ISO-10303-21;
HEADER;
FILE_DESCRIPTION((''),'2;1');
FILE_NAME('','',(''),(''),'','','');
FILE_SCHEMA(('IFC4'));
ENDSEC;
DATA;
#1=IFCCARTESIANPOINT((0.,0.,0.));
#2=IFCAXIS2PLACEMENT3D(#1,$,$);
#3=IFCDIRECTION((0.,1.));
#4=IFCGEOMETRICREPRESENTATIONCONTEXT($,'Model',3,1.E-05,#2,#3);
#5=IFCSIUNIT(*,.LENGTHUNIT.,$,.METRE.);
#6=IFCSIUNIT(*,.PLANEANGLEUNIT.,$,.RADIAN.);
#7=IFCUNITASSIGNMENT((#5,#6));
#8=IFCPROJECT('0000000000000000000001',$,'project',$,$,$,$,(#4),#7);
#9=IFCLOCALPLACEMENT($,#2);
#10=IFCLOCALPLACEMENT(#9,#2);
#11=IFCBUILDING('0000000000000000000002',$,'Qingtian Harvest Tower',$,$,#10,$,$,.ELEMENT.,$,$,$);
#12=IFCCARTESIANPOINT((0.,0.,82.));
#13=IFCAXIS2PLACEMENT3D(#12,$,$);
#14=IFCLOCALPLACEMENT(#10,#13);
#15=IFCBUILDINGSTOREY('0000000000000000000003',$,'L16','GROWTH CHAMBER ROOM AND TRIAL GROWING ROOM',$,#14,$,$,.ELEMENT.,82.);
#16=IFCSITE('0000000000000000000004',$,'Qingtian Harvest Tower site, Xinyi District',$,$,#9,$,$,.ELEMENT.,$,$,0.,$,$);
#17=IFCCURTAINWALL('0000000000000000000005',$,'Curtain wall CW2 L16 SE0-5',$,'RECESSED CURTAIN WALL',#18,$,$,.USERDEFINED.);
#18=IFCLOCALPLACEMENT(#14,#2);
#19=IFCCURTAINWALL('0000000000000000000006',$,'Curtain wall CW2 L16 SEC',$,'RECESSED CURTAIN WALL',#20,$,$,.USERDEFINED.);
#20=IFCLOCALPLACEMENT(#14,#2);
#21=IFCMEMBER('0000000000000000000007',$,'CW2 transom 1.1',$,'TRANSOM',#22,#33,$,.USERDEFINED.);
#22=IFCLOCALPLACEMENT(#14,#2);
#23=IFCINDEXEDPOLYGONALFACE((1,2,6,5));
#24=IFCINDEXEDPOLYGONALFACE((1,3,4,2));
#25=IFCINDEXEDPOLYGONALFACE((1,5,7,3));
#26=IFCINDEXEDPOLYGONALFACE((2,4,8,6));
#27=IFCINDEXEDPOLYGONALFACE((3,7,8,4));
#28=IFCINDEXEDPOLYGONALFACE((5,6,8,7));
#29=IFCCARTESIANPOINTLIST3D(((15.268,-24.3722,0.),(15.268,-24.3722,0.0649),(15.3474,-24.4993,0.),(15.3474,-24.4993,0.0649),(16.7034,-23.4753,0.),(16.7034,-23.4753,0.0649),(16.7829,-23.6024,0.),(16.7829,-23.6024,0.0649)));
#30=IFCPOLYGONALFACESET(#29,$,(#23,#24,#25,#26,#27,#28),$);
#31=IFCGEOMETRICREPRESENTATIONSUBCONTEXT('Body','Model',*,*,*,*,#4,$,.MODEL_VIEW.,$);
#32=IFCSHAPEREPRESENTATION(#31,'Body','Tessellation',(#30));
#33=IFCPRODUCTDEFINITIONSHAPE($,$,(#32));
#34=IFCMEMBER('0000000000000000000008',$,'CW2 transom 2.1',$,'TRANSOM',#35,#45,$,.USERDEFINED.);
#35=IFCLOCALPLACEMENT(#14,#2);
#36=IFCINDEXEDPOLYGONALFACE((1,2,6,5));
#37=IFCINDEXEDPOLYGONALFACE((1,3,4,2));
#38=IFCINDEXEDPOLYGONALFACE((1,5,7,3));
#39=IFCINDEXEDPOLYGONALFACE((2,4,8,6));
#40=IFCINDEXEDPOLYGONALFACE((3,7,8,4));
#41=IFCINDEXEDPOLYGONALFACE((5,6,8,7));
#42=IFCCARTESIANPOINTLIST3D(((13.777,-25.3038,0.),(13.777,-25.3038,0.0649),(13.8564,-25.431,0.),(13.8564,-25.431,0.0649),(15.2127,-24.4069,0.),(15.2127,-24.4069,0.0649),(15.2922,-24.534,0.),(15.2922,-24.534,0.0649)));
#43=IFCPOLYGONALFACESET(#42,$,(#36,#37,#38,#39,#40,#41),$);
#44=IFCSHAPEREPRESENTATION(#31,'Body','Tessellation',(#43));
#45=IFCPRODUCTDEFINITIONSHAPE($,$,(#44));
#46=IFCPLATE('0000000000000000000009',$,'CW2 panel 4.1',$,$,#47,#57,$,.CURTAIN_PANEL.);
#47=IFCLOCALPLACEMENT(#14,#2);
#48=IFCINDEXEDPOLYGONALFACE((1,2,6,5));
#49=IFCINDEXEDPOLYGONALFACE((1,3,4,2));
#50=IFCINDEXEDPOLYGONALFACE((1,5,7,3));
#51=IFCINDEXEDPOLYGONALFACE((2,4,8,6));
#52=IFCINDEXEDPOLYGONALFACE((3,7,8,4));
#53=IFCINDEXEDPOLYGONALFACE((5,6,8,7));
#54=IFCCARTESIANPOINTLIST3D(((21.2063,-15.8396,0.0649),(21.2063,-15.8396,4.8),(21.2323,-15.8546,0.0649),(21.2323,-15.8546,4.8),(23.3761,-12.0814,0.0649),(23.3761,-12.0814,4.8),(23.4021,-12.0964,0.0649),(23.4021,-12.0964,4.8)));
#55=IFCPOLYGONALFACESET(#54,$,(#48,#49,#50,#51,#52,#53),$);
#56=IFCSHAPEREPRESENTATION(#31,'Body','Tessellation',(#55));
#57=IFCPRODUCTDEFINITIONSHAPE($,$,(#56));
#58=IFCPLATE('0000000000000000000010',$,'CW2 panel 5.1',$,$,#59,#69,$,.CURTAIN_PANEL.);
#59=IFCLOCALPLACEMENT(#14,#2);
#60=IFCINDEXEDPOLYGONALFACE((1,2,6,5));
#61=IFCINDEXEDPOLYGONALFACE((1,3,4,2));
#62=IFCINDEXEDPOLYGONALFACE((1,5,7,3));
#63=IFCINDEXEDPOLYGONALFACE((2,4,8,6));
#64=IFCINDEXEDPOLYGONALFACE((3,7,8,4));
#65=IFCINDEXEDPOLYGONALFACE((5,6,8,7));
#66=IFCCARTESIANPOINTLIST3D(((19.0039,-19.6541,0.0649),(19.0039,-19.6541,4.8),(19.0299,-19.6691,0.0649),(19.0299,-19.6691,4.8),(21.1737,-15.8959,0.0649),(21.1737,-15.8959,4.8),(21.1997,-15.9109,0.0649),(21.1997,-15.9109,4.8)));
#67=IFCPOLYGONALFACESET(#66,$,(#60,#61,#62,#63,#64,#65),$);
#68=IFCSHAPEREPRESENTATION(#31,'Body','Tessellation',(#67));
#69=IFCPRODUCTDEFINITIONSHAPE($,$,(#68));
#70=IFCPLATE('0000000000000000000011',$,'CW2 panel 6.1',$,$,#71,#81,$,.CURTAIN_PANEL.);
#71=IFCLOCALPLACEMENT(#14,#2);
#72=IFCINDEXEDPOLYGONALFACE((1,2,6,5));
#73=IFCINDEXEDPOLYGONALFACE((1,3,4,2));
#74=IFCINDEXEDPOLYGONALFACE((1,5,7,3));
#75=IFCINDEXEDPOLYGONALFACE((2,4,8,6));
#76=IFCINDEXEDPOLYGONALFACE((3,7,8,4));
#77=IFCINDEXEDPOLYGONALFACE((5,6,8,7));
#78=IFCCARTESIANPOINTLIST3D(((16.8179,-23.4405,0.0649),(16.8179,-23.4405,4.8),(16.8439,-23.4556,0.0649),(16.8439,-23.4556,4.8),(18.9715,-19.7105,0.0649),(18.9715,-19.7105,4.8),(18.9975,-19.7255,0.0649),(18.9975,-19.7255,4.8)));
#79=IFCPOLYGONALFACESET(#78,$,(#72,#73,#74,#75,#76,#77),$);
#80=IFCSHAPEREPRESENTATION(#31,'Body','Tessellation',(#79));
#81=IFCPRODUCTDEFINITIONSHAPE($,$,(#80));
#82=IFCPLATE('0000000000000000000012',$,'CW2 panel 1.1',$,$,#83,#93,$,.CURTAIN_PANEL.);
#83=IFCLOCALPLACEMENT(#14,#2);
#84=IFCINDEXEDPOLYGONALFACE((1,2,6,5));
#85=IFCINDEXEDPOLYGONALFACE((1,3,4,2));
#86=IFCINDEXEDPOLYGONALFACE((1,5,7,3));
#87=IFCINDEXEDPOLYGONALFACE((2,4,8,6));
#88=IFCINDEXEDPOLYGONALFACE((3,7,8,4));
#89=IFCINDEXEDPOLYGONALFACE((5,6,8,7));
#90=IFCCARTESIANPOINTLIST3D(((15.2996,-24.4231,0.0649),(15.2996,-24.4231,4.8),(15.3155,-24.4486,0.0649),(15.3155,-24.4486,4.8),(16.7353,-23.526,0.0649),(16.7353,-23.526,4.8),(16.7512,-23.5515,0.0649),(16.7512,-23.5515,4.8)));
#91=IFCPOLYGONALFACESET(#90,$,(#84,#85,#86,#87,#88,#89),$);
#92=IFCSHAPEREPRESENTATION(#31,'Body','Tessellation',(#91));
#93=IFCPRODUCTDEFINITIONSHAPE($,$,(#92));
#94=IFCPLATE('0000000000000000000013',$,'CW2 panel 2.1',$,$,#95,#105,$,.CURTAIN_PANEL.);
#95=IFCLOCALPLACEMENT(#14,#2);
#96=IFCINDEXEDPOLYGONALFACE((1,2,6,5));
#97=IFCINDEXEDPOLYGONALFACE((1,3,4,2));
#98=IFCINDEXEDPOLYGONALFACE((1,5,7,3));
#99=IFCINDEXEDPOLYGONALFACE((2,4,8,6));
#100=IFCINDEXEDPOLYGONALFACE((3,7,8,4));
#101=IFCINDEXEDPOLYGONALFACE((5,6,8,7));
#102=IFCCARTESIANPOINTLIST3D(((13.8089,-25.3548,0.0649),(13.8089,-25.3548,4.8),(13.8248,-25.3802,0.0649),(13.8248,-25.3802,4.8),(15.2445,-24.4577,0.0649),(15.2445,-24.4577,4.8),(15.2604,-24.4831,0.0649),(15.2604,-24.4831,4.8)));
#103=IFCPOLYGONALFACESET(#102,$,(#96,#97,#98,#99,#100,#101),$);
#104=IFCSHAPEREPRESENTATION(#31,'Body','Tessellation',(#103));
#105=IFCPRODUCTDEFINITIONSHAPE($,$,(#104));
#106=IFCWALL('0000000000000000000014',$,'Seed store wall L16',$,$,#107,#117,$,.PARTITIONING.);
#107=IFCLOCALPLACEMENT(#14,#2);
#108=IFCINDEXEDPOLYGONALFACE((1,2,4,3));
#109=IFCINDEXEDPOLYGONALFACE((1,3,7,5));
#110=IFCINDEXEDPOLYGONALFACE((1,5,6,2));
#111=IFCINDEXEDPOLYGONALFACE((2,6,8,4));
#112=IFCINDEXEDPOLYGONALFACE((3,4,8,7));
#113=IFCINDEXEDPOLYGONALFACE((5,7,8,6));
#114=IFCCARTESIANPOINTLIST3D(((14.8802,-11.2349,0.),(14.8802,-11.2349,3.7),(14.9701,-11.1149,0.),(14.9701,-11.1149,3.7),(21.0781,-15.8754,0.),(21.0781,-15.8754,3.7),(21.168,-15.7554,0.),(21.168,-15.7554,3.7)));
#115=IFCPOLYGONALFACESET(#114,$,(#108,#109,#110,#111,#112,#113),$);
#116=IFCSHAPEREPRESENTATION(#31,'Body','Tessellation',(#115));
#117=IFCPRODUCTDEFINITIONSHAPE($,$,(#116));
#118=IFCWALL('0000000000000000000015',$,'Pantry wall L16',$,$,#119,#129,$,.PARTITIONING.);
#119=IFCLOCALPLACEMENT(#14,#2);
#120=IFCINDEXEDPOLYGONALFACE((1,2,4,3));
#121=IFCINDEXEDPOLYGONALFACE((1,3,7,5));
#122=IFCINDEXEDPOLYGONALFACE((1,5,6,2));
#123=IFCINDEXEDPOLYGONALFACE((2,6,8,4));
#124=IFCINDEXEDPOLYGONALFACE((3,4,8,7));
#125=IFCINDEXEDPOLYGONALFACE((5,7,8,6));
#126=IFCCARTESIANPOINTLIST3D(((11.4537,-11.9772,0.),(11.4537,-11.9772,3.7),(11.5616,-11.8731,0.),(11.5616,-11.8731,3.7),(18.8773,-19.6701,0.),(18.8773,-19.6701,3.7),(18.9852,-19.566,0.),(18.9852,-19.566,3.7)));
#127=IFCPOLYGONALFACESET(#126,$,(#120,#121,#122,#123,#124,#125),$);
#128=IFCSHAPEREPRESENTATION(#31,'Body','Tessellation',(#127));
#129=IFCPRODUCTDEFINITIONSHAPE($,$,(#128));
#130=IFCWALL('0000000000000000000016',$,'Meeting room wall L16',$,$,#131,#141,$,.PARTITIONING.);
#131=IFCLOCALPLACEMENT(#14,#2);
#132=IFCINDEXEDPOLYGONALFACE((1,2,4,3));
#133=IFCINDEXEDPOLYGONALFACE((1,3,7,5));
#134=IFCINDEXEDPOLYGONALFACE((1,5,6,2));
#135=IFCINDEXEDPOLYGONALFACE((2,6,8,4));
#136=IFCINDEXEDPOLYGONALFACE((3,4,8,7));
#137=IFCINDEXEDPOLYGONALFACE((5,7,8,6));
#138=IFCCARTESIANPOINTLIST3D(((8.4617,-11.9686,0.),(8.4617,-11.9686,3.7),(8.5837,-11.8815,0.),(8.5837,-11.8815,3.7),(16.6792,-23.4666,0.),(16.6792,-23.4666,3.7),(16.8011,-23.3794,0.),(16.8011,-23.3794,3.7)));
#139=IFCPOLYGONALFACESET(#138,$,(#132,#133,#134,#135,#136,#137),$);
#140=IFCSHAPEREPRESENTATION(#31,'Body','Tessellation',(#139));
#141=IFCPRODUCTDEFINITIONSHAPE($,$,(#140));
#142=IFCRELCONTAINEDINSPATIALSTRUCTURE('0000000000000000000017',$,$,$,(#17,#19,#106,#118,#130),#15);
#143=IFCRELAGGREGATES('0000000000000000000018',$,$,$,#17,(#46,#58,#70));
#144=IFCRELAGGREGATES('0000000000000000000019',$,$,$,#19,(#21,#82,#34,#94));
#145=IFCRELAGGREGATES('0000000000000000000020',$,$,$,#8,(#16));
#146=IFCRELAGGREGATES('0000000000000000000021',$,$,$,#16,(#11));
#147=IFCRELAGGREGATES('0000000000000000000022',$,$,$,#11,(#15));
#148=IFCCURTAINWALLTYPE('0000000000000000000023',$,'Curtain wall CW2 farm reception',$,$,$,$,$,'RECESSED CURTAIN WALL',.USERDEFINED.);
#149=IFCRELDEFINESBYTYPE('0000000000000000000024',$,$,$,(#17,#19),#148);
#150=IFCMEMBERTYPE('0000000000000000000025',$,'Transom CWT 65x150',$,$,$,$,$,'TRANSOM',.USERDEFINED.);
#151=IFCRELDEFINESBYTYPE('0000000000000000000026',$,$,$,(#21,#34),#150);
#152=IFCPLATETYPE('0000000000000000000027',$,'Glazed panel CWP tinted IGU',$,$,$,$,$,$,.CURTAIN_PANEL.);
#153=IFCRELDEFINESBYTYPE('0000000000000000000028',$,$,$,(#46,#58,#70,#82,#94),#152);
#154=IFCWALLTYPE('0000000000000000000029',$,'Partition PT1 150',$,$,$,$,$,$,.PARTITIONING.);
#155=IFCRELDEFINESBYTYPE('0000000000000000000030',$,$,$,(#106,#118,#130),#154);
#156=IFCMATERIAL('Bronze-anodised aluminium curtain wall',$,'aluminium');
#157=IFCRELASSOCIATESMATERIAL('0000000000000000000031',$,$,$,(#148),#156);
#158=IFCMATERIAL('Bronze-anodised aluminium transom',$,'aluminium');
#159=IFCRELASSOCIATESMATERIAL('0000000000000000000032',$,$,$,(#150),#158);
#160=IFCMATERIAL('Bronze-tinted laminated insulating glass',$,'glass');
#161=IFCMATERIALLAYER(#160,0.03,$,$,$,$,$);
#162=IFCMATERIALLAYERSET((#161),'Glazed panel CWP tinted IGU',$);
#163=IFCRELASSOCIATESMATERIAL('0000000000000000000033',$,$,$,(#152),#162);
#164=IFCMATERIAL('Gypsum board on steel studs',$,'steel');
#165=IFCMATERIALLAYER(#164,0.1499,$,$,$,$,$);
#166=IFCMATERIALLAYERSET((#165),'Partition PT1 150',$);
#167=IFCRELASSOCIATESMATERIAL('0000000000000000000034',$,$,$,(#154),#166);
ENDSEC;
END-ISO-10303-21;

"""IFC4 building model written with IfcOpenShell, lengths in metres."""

from ifc_helpers import new_model, si_unit, direction, frame, frame_2d, origin, origin_2d, place, context, subcontext, project, spatial, rectangle, extrude, material, layer, layer_set, material_profile, profile_set, type_object, element, aggregate, save


model = new_model("IFC4")

# Units and contexts
model_context = context("Model", 3, precision=1e-05, world=origin(), true_north=direction((0.0, 1.0)))
body_context = subcontext(model_context, "Body", "Model", "MODEL_VIEW")
ifc_project = project(units=[si_unit("LENGTHUNIT", "METRE"), si_unit("PLANEANGLEUNIT", "RADIAN")], contexts=[model_context])

# Site, building, storey
site_placement = place(None, origin())
site = spatial("IfcSite", under=ifc_project, at=site_placement, Name="Qingtian Harvest Tower site, Xinyi District", CompositionType="ELEMENT", RefElevation=0.0)
building_placement = place(site_placement, origin())
building = spatial("IfcBuilding", under=site, at=building_placement, Name="Qingtian Harvest Tower", CompositionType="ELEMENT")
storey_placement = place(building_placement, frame((0.0, 0.0, 82.0)))
storey = spatial("IfcBuildingStorey", under=building, at=storey_placement, Name="L16", Description="GROWTH CHAMBER ROOM AND TRIAL GROWING ROOM", CompositionType="ELEMENT", Elevation=82.0)

# Curtain walls
ifc_material_1 = material(Name="Bronze-anodised aluminium curtain wall", Category="aluminium")
curtain_wall_type = type_object("IfcCurtainWallType", Name="Curtain wall CW2 farm reception", ElementType="RECESSED CURTAIN WALL", PredefinedType="USERDEFINED", material=ifc_material_1)
curtain_wall_1_placement = place(storey_placement, origin())
curtain_wall_1 = element("IfcCurtainWall", 1, at=curtain_wall_1_placement, inside=storey, type_object=curtain_wall_type, Name="Curtain wall CW2 L16 SE0-5", ObjectType="RECESSED CURTAIN WALL", PredefinedType="USERDEFINED")
curtain_wall_2_placement = place(storey_placement, origin())
curtain_wall_2 = element("IfcCurtainWall", 2, at=curtain_wall_2_placement, inside=storey, type_object=curtain_wall_type, Name="Curtain wall CW2 L16 SEC", ObjectType="RECESSED CURTAIN WALL", PredefinedType="USERDEFINED")

# Members
ifc_material_2 = material(Name="Bronze-anodised aluminium transom", Category="aluminium")
ifc_material_profile_1 = material_profile(ifc_material_2, rectangle(XDim=0.1499, YDim=0.0649, at=origin_2d()), Name="AL 65x150")
ifc_profile_set_1 = profile_set([ifc_material_profile_1], Name="Bronze-anodised aluminium transom")
member_type_1 = type_object("IfcMemberType", Name="Transom CWT 65x150", ElementType="TRANSOM", PredefinedType="USERDEFINED", material=ifc_profile_set_1)
member_1_placement = place(storey_placement, frame((16.7432, -23.5388, 0.0325), z_axis=(-0.848063, -0.529895, 0.0), x_axis=(0.529895, -0.848063, 0.0)))
member_1 = element("IfcMember", 3, at=member_1_placement, type_object=member_type_1, Name="CW2 transom 1.1", ObjectType="TRANSOM", PredefinedType="USERDEFINED", context=body_context, shape_type="SweptSolid", body=[
    extrude(rectangle(XDim=0.1499, YDim=0.0649, at=origin_2d()), origin(), (0.0, 0.0, 1.0), 1.6926),
])
member_2_placement = place(storey_placement, frame((15.2524, -24.4705, 0.0325), z_axis=(-0.848104, -0.52983, 0.0), x_axis=(0.52983, -0.848104, 0.0)))
member_2 = element("IfcMember", 4, at=member_2_placement, type_object=member_type_1, Name="CW2 transom 2.1", ObjectType="TRANSOM", PredefinedType="USERDEFINED", context=body_context, shape_type="SweptSolid", body=[
    extrude(rectangle(XDim=0.1499, YDim=0.0649, at=origin_2d()), origin(), (0.0, 0.0, 1.0), 1.6929),
])

# Plates
ifc_material_3 = material(Name="Bronze-tinted laminated insulating glass", Category="glass")
ifc_layer_1 = layer(ifc_material_3, 0.03)
ifc_layer_set_1 = layer_set([ifc_layer_1], Name="Glazed panel CWP tinted IGU")
plate_type = type_object("IfcPlateType", Name="Glazed panel CWP tinted IGU", PredefinedType="CURTAIN_PANEL", material=ifc_layer_set_1)
plate_1_placement = place(storey_placement, frame((22.3042, -13.968, 0.0649), z_axis=(0.0, 0.0, 1.0), x_axis=(-0.5, -0.866025, 0.0)))
plate_1 = element("IfcPlate", 5, at=plate_1_placement, type_object=plate_type, Name="CW2 panel 4.1", PredefinedType="CURTAIN_PANEL", context=body_context, shape_type="SweptSolid", body=[
    extrude(rectangle(XDim=4.3396, YDim=0.03, at=origin_2d()), origin(), (0.0, 0.0, 1.0), 4.7351),
])
plate_2_placement = place(storey_placement, frame((20.1018, -17.7825, 0.0649), z_axis=(0.0, 0.0, 1.0), x_axis=(-0.5, -0.866025, 0.0)))
plate_2 = element("IfcPlate", 6, at=plate_2_placement, type_object=plate_type, Name="CW2 panel 5.1", PredefinedType="CURTAIN_PANEL", context=body_context, shape_type="SweptSolid", body=[
    extrude(rectangle(XDim=4.3396, YDim=0.03, at=origin_2d()), origin(), (0.0, 0.0, 1.0), 4.7351),
])
plate_3_placement = place(storey_placement, frame((17.9077, -21.583, 0.0649), z_axis=(0.0, 0.0, 1.0), x_axis=(-0.5, -0.866025, 0.0)))
plate_3 = element("IfcPlate", 7, at=plate_3_placement, type_object=plate_type, Name="CW2 panel 6.1", PredefinedType="CURTAIN_PANEL", context=body_context, shape_type="SweptSolid", body=[
    extrude(rectangle(XDim=4.3071, YDim=0.03, at=origin_2d()), origin(), (0.0, 0.0, 1.0), 4.7351),
])
aggregate(curtain_wall_1, [plate_1, plate_2, plate_3])
plate_4_placement = place(storey_placement, frame((16.0254, -23.9873, 0.0649), z_axis=(0.0, 0.0, 1.0), x_axis=(-0.848048, -0.529919, 0.0)))
plate_4 = element("IfcPlate", 8, at=plate_4_placement, type_object=plate_type, Name="CW2 panel 1.1", PredefinedType="CURTAIN_PANEL", context=body_context, shape_type="SweptSolid", body=[
    extrude(rectangle(XDim=1.6929, YDim=0.03, at=origin_2d()), origin(), (0.0, 0.0, 1.0), 4.7351),
])
plate_5_placement = place(storey_placement, frame((14.5347, -24.9189, 0.0649), z_axis=(0.0, 0.0, 1.0), x_axis=(-0.848048, -0.529919, 0.0)))
plate_5 = element("IfcPlate", 9, at=plate_5_placement, type_object=plate_type, Name="CW2 panel 2.1", PredefinedType="CURTAIN_PANEL", context=body_context, shape_type="SweptSolid", body=[
    extrude(rectangle(XDim=1.6929, YDim=0.03, at=origin_2d()), origin(), (0.0, 0.0, 1.0), 4.7351),
])
aggregate(curtain_wall_2, [member_1, plate_4, member_2, plate_5])

# Walls
ifc_material_4 = material(Name="Gypsum board on steel studs", Category="steel")
ifc_layer_2 = layer(ifc_material_4, 0.1499)
ifc_layer_set_2 = layer_set([ifc_layer_2], Name="Partition PT1 150")
wall_type = type_object("IfcWallType", Name="Partition PT1 150", PredefinedType="PARTITIONING", material=ifc_layer_set_2)
wall_1_placement = place(storey_placement, frame((21.123, -15.8154, 0.0), z_axis=(0.0, 0.0, 1.0), x_axis=(-0.800488, 0.599349, 0.0)))
element("IfcWall", 10, at=wall_1_placement, inside=storey, type_object=wall_type, Name="Seed store wall L16", PredefinedType="PARTITIONING", context=body_context, shape_type="SweptSolid", body=[
    extrude(rectangle(XDim=7.7427, YDim=0.1499, at=frame_2d((3.8713, 0.0))), origin(), (0.0, 0.0, 1.0), 3.7),
])
wall_2_placement = place(storey_placement, frame((18.9312, -19.6179, 0.0), z_axis=(0.0, 0.0, 1.0), x_axis=(-0.6944, 0.719589, 0.0)))
element("IfcWall", 11, at=wall_2_placement, inside=storey, type_object=wall_type, Name="Pantry wall L16", PredefinedType="PARTITIONING", context=body_context, shape_type="SweptSolid", body=[
    extrude(rectangle(XDim=10.6907, YDim=0.1499, at=frame_2d((5.3452, 0.0))), origin(), (0.0, 0.0, 1.0), 3.7),
])
wall_3_placement = place(storey_placement, frame((16.7402, -23.4231, 0.0), z_axis=(0.0, 0.0, 1.0), x_axis=(-0.581456, 0.813578, 0.0)))
element("IfcWall", 12, at=wall_3_placement, inside=storey, type_object=wall_type, Name="Meeting room wall L16", PredefinedType="PARTITIONING", context=body_context, shape_type="SweptSolid", body=[
    extrude(rectangle(XDim=14.1326, YDim=0.1499, at=frame_2d((7.0664, 0.0))), origin(), (0.0, 0.0, 1.0), 3.7),
])

save(model, "model.ifc")
